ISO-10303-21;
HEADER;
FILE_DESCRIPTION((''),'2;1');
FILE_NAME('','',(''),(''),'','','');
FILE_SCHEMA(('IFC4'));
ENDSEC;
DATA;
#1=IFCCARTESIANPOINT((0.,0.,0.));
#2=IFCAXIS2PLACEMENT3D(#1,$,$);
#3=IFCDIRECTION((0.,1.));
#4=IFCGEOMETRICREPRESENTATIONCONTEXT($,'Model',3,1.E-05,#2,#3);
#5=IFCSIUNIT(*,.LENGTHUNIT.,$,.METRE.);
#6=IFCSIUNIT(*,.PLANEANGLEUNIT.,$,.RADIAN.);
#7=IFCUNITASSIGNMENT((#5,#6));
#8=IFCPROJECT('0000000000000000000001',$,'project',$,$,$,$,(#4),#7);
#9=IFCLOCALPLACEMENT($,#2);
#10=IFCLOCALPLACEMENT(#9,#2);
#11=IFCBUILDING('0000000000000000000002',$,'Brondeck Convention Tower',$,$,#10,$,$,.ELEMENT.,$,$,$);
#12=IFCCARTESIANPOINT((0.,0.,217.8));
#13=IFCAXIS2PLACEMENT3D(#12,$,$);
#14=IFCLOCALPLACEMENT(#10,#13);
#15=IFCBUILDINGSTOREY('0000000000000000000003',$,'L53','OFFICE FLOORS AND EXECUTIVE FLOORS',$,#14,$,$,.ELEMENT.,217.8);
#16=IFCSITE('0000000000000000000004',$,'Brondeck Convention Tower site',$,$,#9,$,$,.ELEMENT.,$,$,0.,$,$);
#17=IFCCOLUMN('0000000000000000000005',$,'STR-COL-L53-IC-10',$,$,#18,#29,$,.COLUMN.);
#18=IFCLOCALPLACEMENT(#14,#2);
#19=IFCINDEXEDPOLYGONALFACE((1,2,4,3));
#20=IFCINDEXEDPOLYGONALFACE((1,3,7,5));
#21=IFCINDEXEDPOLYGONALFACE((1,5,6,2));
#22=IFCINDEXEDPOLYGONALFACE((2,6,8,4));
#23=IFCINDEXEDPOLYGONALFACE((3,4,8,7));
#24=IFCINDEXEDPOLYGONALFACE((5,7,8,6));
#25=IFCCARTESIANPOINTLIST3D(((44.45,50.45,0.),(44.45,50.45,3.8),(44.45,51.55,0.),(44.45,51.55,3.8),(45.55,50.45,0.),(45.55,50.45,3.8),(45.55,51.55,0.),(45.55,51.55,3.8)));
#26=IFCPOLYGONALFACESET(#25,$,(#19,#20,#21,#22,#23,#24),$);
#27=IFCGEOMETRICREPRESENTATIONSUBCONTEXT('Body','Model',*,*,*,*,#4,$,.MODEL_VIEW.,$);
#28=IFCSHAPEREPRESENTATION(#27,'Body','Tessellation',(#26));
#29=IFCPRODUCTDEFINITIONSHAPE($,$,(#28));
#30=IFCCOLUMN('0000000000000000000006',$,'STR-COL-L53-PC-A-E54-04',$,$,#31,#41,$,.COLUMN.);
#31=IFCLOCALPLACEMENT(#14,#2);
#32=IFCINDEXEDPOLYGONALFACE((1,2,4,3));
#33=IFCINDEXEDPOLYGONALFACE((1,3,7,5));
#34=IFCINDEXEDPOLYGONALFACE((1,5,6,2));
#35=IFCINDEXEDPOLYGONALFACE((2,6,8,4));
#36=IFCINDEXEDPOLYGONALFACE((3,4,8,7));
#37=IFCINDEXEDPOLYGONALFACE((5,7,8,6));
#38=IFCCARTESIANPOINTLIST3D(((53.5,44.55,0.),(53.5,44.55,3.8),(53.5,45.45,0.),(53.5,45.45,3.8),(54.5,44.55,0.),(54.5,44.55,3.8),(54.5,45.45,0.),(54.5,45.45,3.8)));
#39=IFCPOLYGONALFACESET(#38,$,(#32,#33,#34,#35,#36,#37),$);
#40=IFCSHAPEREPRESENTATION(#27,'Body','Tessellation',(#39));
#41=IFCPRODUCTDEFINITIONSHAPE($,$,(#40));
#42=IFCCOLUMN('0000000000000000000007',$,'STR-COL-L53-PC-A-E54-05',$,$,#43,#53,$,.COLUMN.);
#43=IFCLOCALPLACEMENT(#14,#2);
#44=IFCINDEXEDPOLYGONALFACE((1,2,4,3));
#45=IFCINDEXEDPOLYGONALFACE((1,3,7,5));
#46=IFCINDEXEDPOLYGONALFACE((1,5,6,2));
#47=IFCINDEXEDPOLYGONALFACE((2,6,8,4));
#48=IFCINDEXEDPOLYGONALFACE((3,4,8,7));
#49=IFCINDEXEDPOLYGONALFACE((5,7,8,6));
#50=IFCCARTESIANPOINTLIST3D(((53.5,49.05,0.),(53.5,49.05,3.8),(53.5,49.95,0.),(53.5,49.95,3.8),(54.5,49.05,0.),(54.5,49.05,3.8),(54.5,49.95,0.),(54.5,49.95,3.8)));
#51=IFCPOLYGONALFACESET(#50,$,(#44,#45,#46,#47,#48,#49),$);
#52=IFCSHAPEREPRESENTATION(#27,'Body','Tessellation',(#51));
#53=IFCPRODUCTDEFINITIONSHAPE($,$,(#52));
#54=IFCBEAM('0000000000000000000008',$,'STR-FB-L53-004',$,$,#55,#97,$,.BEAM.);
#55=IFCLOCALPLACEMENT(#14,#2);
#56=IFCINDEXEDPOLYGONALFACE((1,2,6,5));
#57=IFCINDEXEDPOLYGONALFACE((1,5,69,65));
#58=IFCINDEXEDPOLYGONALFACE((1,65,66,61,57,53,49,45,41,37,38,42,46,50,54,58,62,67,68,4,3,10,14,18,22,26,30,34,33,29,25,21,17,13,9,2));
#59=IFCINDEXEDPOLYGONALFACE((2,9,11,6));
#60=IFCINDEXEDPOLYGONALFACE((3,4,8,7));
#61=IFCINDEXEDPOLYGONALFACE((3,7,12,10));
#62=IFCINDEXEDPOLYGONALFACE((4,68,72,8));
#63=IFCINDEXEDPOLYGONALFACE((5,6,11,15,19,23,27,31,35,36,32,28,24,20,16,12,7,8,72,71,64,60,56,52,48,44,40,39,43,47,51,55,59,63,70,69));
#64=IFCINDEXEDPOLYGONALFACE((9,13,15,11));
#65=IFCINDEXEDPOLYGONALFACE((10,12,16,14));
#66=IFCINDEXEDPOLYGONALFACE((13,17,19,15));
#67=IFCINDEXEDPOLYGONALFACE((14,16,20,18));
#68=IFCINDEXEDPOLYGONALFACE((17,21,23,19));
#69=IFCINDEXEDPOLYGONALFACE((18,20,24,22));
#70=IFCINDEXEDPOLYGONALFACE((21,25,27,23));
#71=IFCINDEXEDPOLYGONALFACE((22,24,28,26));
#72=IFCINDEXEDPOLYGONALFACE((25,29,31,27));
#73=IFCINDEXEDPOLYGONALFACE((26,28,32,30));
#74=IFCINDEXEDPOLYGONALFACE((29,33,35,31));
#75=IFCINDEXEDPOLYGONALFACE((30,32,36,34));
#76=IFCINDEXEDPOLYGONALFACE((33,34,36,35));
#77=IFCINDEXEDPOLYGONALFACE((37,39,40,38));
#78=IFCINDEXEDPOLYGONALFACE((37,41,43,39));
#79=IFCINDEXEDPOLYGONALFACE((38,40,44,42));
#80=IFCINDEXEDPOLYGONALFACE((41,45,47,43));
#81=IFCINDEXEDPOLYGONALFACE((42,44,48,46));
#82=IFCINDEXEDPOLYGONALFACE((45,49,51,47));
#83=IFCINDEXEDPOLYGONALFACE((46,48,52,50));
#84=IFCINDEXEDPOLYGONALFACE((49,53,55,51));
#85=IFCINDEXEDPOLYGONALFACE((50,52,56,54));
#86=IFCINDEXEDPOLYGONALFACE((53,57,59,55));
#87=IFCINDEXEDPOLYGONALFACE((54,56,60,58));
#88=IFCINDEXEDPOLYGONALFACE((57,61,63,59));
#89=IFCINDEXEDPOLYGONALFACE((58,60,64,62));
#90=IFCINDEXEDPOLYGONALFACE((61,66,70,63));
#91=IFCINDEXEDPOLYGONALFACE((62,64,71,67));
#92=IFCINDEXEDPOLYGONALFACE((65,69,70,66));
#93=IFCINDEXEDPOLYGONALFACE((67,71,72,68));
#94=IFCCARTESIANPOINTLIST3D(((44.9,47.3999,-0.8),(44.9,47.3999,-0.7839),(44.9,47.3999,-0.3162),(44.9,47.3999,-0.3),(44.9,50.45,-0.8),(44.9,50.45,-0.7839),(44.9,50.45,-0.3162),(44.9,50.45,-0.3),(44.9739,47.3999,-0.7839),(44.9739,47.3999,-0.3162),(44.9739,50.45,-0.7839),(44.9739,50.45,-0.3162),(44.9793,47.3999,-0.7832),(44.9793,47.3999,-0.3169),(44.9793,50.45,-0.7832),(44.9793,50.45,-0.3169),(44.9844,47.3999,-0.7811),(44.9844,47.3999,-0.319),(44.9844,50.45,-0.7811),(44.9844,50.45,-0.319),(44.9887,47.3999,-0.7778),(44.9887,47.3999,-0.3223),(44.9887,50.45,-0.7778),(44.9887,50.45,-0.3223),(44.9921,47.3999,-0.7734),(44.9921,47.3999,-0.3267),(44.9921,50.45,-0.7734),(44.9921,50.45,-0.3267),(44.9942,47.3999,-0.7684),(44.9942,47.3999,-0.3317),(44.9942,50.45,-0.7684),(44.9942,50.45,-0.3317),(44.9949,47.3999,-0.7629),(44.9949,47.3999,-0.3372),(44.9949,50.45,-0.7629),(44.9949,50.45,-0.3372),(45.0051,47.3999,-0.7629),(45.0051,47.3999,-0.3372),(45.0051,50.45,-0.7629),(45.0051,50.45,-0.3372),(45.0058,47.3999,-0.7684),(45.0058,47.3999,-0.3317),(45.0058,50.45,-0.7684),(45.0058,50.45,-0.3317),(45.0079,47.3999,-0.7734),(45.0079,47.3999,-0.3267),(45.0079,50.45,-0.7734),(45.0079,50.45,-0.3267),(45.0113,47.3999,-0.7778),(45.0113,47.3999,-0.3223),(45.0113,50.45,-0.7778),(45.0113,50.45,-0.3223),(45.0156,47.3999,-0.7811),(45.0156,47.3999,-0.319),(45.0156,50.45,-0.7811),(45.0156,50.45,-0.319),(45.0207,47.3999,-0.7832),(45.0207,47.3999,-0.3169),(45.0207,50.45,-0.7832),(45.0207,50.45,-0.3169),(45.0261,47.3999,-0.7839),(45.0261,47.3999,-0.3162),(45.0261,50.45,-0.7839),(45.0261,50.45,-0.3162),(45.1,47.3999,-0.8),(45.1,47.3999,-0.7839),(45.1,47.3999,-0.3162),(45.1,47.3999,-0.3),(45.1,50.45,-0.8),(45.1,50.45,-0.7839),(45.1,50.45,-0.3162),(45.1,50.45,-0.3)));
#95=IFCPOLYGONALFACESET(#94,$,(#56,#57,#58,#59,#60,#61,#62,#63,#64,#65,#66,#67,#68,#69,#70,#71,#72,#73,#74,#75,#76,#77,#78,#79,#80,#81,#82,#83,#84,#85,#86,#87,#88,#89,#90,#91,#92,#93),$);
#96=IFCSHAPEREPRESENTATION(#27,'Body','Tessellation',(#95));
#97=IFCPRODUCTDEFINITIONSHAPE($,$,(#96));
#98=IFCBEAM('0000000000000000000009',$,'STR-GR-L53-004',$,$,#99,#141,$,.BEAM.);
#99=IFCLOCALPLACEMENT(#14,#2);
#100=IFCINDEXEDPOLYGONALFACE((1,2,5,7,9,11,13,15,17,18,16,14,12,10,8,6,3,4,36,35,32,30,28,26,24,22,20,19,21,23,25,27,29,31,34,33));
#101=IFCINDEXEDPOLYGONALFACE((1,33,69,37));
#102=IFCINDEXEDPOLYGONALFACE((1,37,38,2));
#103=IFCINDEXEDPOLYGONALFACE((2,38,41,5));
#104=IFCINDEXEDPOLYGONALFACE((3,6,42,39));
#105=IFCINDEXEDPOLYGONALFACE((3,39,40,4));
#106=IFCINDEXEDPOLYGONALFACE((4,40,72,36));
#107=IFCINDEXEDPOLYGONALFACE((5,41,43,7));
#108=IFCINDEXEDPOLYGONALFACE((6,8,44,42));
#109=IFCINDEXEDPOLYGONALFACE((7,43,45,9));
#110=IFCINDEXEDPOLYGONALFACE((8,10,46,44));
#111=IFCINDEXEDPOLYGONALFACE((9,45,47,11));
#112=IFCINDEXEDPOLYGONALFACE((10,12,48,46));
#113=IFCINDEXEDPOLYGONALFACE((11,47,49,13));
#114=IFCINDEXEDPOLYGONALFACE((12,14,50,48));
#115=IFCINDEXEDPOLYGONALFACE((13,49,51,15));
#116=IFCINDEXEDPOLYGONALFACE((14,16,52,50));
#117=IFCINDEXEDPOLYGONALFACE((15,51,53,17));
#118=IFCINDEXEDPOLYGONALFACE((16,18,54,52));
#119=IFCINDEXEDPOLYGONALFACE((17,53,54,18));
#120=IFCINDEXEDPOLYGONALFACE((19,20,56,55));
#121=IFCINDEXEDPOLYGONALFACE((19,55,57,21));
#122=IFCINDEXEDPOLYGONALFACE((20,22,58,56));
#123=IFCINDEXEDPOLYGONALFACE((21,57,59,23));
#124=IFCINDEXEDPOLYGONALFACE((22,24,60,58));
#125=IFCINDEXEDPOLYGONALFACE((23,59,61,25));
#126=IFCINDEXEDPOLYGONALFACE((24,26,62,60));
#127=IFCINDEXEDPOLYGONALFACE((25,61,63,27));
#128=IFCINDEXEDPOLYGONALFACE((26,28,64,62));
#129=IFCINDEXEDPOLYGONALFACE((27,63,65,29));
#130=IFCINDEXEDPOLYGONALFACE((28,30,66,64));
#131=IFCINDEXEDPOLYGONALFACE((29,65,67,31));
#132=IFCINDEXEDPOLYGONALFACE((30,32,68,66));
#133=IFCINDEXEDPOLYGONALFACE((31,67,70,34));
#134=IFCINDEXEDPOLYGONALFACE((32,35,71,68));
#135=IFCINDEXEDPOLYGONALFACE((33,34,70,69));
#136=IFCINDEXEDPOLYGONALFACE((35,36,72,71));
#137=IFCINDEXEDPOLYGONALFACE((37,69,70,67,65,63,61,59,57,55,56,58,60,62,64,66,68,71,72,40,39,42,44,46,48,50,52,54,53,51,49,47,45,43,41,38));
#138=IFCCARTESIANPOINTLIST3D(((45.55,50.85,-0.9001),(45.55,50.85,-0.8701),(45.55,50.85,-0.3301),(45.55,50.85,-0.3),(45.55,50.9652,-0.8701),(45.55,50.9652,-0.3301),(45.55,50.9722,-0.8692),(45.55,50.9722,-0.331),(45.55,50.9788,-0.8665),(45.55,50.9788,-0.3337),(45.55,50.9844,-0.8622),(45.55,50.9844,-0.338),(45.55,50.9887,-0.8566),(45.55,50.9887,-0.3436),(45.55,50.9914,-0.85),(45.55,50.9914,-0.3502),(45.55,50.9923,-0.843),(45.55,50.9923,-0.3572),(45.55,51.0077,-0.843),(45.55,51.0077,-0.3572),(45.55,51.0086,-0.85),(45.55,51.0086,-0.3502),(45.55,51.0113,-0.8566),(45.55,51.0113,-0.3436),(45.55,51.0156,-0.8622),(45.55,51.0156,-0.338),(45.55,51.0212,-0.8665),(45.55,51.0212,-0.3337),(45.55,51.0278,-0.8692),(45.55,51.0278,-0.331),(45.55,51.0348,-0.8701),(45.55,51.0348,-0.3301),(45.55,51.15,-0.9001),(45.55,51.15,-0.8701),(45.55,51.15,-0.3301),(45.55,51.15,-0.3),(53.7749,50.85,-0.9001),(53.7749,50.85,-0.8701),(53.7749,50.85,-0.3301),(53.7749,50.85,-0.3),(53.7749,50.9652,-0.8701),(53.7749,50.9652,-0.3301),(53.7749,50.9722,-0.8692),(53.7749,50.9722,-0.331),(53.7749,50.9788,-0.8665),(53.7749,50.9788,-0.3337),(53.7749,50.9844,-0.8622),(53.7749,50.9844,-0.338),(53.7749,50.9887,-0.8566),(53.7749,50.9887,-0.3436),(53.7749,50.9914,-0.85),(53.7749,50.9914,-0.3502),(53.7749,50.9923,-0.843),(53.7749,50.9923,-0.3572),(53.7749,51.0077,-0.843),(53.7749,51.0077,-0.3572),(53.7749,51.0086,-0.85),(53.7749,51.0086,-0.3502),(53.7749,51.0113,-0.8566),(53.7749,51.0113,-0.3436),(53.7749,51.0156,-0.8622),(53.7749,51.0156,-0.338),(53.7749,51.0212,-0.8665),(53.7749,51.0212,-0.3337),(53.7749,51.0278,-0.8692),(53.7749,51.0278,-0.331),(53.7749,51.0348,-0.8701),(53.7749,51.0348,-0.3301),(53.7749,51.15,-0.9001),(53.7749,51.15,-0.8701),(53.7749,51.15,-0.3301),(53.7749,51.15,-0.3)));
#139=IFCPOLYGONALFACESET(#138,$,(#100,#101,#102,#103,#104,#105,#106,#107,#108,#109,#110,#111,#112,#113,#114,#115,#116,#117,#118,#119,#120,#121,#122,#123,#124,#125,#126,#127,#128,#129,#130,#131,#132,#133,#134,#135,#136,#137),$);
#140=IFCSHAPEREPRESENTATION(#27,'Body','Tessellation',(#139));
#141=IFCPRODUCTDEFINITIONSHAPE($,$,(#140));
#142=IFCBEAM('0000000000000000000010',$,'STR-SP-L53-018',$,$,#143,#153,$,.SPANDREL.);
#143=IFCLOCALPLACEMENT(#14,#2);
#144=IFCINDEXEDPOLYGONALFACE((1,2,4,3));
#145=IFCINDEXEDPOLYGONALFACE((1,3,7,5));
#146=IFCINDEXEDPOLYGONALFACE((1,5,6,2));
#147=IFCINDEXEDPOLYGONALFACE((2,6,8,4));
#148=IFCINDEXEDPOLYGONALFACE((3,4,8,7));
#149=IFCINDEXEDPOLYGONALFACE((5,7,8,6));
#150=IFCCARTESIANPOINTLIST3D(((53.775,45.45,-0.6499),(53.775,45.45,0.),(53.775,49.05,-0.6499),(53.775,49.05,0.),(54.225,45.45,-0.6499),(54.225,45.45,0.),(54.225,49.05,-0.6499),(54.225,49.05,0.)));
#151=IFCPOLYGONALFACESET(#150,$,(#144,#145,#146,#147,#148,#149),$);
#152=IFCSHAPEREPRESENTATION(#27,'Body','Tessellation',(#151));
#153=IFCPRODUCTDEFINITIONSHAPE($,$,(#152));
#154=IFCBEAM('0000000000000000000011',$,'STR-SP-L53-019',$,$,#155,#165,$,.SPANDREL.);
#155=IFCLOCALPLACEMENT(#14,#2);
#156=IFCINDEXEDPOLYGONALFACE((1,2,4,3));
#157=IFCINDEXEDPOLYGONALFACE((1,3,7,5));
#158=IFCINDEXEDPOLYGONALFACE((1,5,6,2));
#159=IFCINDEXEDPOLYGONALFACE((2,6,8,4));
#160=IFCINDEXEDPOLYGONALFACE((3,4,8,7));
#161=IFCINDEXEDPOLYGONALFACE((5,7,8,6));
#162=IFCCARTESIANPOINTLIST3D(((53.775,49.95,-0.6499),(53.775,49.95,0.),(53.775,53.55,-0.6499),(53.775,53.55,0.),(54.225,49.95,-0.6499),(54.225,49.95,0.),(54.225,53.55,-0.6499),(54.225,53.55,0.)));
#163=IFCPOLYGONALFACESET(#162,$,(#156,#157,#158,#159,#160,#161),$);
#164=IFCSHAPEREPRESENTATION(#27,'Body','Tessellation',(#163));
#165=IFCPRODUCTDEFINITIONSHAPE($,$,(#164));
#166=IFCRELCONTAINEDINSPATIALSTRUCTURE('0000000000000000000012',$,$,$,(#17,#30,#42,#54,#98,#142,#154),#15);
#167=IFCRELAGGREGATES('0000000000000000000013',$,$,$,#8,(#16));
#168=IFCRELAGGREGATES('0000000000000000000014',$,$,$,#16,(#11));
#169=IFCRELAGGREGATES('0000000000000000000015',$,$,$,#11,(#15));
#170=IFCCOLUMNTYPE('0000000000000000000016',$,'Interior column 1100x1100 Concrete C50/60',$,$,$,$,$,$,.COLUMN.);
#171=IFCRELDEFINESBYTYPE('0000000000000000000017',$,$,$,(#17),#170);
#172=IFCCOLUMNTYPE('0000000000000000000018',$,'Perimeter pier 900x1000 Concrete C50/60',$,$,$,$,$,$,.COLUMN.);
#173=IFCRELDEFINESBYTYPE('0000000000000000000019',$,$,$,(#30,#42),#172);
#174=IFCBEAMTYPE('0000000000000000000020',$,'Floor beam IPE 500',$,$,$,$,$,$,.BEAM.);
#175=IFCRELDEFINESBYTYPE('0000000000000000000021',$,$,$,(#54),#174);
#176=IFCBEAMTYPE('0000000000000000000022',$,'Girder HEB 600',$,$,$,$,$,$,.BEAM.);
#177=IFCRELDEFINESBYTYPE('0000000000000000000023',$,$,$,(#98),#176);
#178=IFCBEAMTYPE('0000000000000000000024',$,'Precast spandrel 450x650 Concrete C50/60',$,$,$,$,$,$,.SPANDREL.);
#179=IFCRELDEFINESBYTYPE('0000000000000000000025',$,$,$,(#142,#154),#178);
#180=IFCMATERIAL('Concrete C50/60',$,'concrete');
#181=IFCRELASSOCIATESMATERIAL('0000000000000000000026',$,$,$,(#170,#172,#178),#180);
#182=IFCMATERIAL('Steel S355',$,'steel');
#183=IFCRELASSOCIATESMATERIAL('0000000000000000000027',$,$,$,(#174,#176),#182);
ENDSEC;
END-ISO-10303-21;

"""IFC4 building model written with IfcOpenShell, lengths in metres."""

from ifc_helpers import new_model, si_unit, direction, frame, origin, origin_2d, place, context, subcontext, project, spatial, rectangle, i_section, extrude, material, material_profile, profile_set, type_object, element, save


model = new_model("IFC4")

# Units and contexts
model_context = context("Model", 3, precision=1e-05, world=origin(), true_north=direction((0.0, 1.0)))
body_context = subcontext(model_context, "Body", "Model", "MODEL_VIEW")
ifc_project = project(units=[si_unit("LENGTHUNIT", "METRE"), si_unit("PLANEANGLEUNIT", "RADIAN")], contexts=[model_context])

# Site, building, storey
site_placement = place(None, origin())
site = spatial("IfcSite", under=ifc_project, at=site_placement, Name="Brondeck Convention Tower site", CompositionType="ELEMENT", RefElevation=0.0)
building_placement = place(site_placement, origin())
building = spatial("IfcBuilding", under=site, at=building_placement, Name="Brondeck Convention Tower", CompositionType="ELEMENT")
storey_placement = place(building_placement, frame((0.0, 0.0, 217.8)))
storey = spatial("IfcBuildingStorey", under=building, at=storey_placement, Name="L53", Description="OFFICE FLOORS AND EXECUTIVE FLOORS", CompositionType="ELEMENT", Elevation=217.8)

# Columns
ifc_material_1 = material(Name="Concrete C50/60", Category="concrete")
ifc_material_profile_1 = material_profile(ifc_material_1, rectangle(XDim=1.1001, YDim=1.1001, at=origin_2d()), Name="Interior column 1100x1100 Concrete C50/60")
ifc_profile_set_1 = profile_set([ifc_material_profile_1], Name="Concrete C50/60")
column_type_1 = type_object("IfcColumnType", Name="Interior column 1100x1100 Concrete C50/60", PredefinedType="COLUMN", material=ifc_profile_set_1)
column_placement = place(storey_placement, frame((45.0, 51.0, 0.0), z_axis=(0.0, 0.0, 1.0), x_axis=(1.0, 0.0, 0.0)))
element("IfcColumn", 1, at=column_placement, inside=storey, type_object=column_type_1, Name="STR-COL-L53-IC-10", PredefinedType="COLUMN", context=body_context, shape_type="SweptSolid", body=[
    extrude(rectangle(XDim=1.1001, YDim=1.1001, at=origin_2d()), origin(), (0.0, 0.0, 1.0), 3.8),
])
ifc_material_profile_2 = material_profile(ifc_material_1, rectangle(XDim=0.8999, YDim=1.0, at=origin_2d()), Name="Perimeter pier 900x1000 Concrete C50/60")
ifc_profile_set_2 = profile_set([ifc_material_profile_2], Name="Concrete C50/60")
column_type_2 = type_object("IfcColumnType", Name="Perimeter pier 900x1000 Concrete C50/60", PredefinedType="COLUMN", material=ifc_profile_set_2)
for number, where, z_axis, x_axis, name in (
    (2, (54.0, 45.0, 0.0), (0.0, 0.0, 1.0), (0.0, 1.0, 0.0), "STR-COL-L53-PC-A-E54-04"),
    (3, (54.0, 49.5, 0.0), (0.0, 0.0, 1.0), (0.0, 1.0, 0.0), "STR-COL-L53-PC-A-E54-05"),
):
    element("IfcColumn", number, at=place(storey_placement, frame(where, z_axis=z_axis, x_axis=x_axis)), inside=storey, type_object=column_type_2, Name=name, PredefinedType="COLUMN", context=body_context, shape_type="SweptSolid", body=[
        extrude(rectangle(XDim=0.8999, YDim=1.0, at=origin_2d()), origin(), (0.0, 0.0, 1.0), 3.8),
    ])

# Beams
ifc_material_2 = material(Name="Steel S355", Category="steel")
ifc_material_profile_3 = material_profile(ifc_material_2, i_section(OverallWidth=0.2, OverallDepth=0.5, WebThickness=0.0103, FlangeThickness=0.0161, FilletRadius=0.021, at=origin_2d()), Name="IPE 500")
ifc_profile_set_3 = profile_set([ifc_material_profile_3], Name="Steel S355")
beam_type_1 = type_object("IfcBeamType", Name="Floor beam IPE 500", PredefinedType="BEAM", material=ifc_profile_set_3)
beam_1_placement = place(storey_placement, frame((45.0, 47.3999, -0.55), z_axis=(0.0, 1.0, 0.0), x_axis=(-1.0, 0.0, 0.0)))
element("IfcBeam", 4, at=beam_1_placement, inside=storey, type_object=beam_type_1, Name="STR-FB-L53-004", PredefinedType="BEAM", context=body_context, shape_type="SweptSolid", body=[
    extrude(i_section(OverallWidth=0.2, OverallDepth=0.5, WebThickness=0.0103, FlangeThickness=0.0161, FilletRadius=0.021, at=origin_2d()), origin(), (0.0, 0.0, 1.0), 3.05),
])
ifc_material_profile_4 = material_profile(ifc_material_2, i_section(OverallWidth=0.3, OverallDepth=0.6001, WebThickness=0.0154, FlangeThickness=0.03, FilletRadius=0.0271, at=origin_2d()), Name="HEB 600")
ifc_profile_set_4 = profile_set([ifc_material_profile_4], Name="Steel S355")
beam_type_2 = type_object("IfcBeamType", Name="Girder HEB 600", PredefinedType="BEAM", material=ifc_profile_set_4)
beam_2_placement = place(storey_placement, frame((45.55, 51.0, -0.6001), z_axis=(1.0, 0.0, 0.0), x_axis=(0.0, 1.0, 0.0)))
element("IfcBeam", 5, at=beam_2_placement, inside=storey, type_object=beam_type_2, Name="STR-GR-L53-004", PredefinedType="BEAM", context=body_context, shape_type="SweptSolid", body=[
    extrude(i_section(OverallWidth=0.3, OverallDepth=0.6001, WebThickness=0.0154, FlangeThickness=0.03, FilletRadius=0.0271, at=origin_2d()), origin(), (0.0, 0.0, 1.0), 8.2249),
])
ifc_material_profile_5 = material_profile(ifc_material_1, rectangle(XDim=0.45, YDim=0.6499, at=origin_2d()), Name="Precast spandrel 450x650 Concrete C50/60")
ifc_profile_set_5 = profile_set([ifc_material_profile_5], Name="Concrete C50/60")
beam_type_3 = type_object("IfcBeamType", Name="Precast spandrel 450x650 Concrete C50/60", PredefinedType="SPANDREL", material=ifc_profile_set_5)
for number, where, z_axis, x_axis, name in (
    (6, (54.0, 45.45, -0.325), (0.0, 1.0, 0.0), (-1.0, 0.0, 0.0), "STR-SP-L53-018"),
    (7, (54.0, 49.95, -0.325), (0.0, 1.0, 0.0), (-1.0, 0.0, 0.0), "STR-SP-L53-019"),
):
    element("IfcBeam", number, at=place(storey_placement, frame(where, z_axis=z_axis, x_axis=x_axis)), inside=storey, type_object=beam_type_3, Name=name, PredefinedType="SPANDREL", context=body_context, shape_type="SweptSolid", body=[
        extrude(rectangle(XDim=0.45, YDim=0.6499, at=origin_2d()), origin(), (0.0, 0.0, 1.0), 3.6001),
    ])

save(model, "model.ifc")
